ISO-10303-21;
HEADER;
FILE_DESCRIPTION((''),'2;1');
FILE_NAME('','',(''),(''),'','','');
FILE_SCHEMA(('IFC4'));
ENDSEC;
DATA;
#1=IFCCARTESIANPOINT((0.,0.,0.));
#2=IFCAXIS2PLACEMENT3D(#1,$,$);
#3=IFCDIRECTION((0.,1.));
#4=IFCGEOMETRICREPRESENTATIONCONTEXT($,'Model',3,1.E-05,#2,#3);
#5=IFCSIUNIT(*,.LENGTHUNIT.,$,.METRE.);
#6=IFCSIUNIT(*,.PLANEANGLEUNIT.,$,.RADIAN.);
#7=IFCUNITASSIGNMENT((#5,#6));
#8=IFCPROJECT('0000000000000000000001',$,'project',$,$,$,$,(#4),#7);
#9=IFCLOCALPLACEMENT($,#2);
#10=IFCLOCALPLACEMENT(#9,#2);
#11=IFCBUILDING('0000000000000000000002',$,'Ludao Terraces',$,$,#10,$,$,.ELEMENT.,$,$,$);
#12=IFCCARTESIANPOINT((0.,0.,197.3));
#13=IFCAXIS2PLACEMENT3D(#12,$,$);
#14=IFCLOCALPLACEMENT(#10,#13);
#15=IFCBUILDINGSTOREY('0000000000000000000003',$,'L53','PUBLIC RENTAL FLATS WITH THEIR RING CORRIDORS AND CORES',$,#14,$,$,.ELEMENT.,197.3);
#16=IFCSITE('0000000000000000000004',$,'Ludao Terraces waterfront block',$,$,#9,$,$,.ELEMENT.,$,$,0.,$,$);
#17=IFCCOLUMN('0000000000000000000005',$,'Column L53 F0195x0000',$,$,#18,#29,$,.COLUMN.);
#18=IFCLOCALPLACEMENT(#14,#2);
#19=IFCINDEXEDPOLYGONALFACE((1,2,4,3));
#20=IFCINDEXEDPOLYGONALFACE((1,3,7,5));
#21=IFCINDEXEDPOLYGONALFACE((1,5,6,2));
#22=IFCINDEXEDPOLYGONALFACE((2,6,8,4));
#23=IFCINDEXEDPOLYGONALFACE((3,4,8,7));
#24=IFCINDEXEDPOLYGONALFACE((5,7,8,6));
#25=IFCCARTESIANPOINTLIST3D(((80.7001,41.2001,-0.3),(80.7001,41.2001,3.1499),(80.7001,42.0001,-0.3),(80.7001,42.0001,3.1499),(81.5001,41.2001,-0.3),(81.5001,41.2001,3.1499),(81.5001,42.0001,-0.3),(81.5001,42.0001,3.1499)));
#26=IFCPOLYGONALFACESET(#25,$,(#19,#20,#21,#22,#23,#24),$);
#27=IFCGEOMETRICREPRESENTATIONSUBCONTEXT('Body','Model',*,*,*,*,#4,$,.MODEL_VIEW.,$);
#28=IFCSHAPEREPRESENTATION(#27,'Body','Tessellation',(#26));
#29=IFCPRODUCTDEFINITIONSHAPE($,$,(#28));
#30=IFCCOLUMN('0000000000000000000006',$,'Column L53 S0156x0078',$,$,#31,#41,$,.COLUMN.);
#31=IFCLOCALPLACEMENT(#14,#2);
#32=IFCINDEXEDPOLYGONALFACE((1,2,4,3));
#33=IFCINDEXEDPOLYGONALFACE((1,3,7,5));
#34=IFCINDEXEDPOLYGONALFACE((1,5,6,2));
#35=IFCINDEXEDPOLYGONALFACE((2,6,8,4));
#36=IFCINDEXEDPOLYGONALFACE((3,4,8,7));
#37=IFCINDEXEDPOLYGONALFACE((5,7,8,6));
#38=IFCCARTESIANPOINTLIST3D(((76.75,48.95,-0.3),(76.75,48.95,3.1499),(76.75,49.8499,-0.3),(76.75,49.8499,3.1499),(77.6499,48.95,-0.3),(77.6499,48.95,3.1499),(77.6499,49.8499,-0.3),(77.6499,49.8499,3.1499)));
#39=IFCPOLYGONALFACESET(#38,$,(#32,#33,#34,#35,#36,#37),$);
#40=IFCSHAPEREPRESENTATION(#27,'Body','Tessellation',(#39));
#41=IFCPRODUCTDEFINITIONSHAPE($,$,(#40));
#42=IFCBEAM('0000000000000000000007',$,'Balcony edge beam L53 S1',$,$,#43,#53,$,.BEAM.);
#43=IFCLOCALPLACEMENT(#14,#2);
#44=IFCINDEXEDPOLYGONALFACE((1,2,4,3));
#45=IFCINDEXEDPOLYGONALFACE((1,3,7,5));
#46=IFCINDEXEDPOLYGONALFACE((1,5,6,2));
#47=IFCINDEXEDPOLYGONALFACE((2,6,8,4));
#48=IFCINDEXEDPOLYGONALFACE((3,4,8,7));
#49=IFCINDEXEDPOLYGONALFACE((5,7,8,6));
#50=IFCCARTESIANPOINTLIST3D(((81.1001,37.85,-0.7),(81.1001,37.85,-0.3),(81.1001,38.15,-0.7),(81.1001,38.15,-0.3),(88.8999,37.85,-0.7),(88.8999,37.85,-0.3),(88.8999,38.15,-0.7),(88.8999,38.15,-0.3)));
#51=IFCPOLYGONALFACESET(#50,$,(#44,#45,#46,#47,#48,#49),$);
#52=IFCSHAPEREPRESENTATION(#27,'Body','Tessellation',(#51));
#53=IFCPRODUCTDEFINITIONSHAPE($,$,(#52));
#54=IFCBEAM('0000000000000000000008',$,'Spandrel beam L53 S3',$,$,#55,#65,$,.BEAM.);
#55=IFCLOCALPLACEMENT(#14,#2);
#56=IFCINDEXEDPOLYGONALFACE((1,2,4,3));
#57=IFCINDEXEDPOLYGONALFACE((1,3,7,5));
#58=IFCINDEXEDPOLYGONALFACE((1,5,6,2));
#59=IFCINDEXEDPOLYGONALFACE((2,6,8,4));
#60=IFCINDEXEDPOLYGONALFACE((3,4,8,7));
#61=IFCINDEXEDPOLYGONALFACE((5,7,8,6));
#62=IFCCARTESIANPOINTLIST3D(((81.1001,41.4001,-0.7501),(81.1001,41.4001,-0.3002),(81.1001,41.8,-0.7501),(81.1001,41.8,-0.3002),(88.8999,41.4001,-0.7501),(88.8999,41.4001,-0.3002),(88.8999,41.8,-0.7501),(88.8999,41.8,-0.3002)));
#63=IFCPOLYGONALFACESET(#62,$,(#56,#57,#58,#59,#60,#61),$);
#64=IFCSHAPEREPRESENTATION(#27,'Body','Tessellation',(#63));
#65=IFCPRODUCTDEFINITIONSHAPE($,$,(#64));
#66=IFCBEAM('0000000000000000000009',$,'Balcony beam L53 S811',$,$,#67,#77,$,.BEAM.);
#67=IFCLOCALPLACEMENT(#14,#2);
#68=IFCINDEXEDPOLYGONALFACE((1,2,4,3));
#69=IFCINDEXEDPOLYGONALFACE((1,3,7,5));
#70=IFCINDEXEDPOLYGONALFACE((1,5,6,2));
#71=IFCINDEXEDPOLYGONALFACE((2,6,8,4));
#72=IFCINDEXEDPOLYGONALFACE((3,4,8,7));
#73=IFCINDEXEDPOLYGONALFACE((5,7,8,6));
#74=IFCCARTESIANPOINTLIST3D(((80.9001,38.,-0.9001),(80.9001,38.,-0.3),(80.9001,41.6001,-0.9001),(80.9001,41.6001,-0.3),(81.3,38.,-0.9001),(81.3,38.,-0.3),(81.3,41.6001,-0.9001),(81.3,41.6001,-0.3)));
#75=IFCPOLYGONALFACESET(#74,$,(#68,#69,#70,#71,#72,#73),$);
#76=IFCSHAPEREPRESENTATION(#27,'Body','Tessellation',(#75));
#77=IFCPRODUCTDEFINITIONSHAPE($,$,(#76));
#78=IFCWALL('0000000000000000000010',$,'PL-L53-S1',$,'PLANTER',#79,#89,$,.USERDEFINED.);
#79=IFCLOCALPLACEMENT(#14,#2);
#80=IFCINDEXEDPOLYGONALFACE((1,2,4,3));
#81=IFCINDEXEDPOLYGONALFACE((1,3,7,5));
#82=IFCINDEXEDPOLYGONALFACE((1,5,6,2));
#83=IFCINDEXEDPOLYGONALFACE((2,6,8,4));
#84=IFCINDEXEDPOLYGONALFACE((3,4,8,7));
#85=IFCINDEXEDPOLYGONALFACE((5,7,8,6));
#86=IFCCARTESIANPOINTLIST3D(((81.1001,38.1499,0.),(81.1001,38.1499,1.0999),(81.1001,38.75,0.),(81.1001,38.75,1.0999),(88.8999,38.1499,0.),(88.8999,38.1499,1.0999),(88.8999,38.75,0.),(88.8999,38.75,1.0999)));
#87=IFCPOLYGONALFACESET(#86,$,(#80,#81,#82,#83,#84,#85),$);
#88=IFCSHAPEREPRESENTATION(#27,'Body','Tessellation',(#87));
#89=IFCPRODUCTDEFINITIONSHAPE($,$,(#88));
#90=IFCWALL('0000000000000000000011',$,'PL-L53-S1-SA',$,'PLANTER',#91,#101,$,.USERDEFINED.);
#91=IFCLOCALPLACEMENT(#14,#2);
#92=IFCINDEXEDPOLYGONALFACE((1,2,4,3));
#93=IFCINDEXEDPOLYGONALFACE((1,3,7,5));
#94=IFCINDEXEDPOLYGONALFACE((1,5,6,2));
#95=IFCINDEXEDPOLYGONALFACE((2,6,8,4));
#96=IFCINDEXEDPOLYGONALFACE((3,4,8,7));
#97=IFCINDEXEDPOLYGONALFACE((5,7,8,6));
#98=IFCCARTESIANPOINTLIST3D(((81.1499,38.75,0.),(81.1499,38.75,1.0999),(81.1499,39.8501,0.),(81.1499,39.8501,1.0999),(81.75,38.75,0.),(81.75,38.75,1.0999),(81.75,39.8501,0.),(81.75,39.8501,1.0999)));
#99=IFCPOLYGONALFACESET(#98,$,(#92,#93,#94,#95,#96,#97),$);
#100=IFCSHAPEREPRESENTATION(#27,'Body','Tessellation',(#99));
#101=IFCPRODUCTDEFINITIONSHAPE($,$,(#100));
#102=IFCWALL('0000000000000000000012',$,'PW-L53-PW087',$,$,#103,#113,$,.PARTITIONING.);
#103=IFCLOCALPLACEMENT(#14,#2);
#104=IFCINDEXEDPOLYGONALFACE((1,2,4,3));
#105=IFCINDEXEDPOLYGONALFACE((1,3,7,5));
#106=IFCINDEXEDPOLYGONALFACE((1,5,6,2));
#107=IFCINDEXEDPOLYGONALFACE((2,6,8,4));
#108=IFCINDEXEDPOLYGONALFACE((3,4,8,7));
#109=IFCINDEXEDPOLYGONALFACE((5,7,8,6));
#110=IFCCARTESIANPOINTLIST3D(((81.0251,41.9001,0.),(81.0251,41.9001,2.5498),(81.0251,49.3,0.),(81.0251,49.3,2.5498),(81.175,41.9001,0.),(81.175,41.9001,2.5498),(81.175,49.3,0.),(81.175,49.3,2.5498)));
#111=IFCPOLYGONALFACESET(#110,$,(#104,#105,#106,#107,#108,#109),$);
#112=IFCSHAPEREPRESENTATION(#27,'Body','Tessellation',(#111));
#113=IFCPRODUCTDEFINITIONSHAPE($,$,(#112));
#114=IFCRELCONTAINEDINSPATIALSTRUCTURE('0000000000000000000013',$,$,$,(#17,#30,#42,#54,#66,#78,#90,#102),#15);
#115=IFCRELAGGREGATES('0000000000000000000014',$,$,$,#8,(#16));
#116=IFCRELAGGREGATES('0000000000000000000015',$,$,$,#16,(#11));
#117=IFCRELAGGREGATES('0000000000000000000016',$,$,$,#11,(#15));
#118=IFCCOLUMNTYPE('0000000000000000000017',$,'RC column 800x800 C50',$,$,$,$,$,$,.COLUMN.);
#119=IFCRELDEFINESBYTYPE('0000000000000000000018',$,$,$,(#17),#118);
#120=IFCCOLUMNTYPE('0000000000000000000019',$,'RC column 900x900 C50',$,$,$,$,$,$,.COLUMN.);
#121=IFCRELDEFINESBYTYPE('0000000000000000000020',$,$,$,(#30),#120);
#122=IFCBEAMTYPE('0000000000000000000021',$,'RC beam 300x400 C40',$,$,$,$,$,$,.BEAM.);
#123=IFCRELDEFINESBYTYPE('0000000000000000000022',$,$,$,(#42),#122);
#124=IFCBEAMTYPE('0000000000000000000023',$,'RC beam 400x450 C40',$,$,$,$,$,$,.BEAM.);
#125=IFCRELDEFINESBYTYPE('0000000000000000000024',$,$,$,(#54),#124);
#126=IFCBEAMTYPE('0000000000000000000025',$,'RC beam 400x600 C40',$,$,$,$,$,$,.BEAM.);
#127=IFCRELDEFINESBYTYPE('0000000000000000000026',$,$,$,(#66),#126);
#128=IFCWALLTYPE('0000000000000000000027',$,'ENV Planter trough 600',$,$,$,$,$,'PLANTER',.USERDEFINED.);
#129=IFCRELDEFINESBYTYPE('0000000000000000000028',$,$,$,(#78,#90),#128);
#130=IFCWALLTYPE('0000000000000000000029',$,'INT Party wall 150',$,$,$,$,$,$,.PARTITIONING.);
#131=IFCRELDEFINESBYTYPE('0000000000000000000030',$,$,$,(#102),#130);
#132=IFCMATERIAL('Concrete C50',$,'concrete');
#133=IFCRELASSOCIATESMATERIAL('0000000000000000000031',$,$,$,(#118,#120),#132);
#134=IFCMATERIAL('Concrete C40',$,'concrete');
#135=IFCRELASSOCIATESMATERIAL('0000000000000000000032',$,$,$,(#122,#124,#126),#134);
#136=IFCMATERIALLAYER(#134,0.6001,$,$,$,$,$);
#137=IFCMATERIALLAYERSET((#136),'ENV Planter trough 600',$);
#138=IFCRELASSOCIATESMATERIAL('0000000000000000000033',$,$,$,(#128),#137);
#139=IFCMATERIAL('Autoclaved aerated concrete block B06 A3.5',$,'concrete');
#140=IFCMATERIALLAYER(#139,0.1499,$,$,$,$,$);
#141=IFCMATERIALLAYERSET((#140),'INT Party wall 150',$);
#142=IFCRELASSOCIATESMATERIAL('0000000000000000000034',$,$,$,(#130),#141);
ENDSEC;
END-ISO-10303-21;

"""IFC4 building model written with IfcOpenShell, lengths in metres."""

from ifc_helpers import new_model, si_unit, direction, frame, frame_2d, origin, origin_2d, place, context, subcontext, project, spatial, rectangle, extrude, material, layer, layer_set, material_profile, profile_set, type_object, element, save


model = new_model("IFC4")

# Units and contexts
model_context = context("Model", 3, precision=1e-05, world=origin(), true_north=direction((0.0, 1.0)))
body_context = subcontext(model_context, "Body", "Model", "MODEL_VIEW")
ifc_project = project(units=[si_unit("LENGTHUNIT", "METRE"), si_unit("PLANEANGLEUNIT", "RADIAN")], contexts=[model_context])

# Site, building, storey
site_placement = place(None, origin())
site = spatial("IfcSite", under=ifc_project, at=site_placement, Name="Ludao Terraces waterfront block", CompositionType="ELEMENT", RefElevation=0.0)
building_placement = place(site_placement, origin())
building = spatial("IfcBuilding", under=site, at=building_placement, Name="Ludao Terraces", CompositionType="ELEMENT")
storey_placement = place(building_placement, frame((0.0, 0.0, 197.3)))
storey = spatial("IfcBuildingStorey", under=building, at=storey_placement, Name="L53", Description="PUBLIC RENTAL FLATS WITH THEIR RING CORRIDORS AND CORES", CompositionType="ELEMENT", Elevation=197.3)

# Columns
ifc_material_1 = material(Name="Concrete C50", Category="concrete")
ifc_material_profile_1 = material_profile(ifc_material_1, rectangle(XDim=0.8, YDim=0.8, at=origin_2d()), Name="800 X 800")
ifc_profile_set_1 = profile_set([ifc_material_profile_1], Name="Concrete C50")
column_type_1 = type_object("IfcColumnType", Name="RC column 800x800 C50", PredefinedType="COLUMN", material=ifc_profile_set_1)
column_1_placement = place(storey_placement, frame((81.1001, 41.6001, -0.3), z_axis=(0.0, 0.0, 1.0), x_axis=(1.0, 0.0, 0.0)))
element("IfcColumn", 1, at=column_1_placement, inside=storey, type_object=column_type_1, Name="Column L53 F0195x0000", PredefinedType="COLUMN", context=body_context, shape_type="SweptSolid", body=[
    extrude(rectangle(XDim=0.8, YDim=0.8, at=origin_2d()), origin(), (0.0, 0.0, 1.0), 3.45),
])
ifc_material_profile_2 = material_profile(ifc_material_1, rectangle(XDim=0.8999, YDim=0.8999, at=origin_2d()), Name="900 X 900")
ifc_profile_set_2 = profile_set([ifc_material_profile_2], Name="Concrete C50")
column_type_2 = type_object("IfcColumnType", Name="RC column 900x900 C50", PredefinedType="COLUMN", material=ifc_profile_set_2)
column_2_placement = place(storey_placement, frame((77.2, 49.3999, -0.3), z_axis=(0.0, 0.0, 1.0), x_axis=(1.0, 0.0, 0.0)))
element("IfcColumn", 2, at=column_2_placement, inside=storey, type_object=column_type_2, Name="Column L53 S0156x0078", PredefinedType="COLUMN", context=body_context, shape_type="SweptSolid", body=[
    extrude(rectangle(XDim=0.8999, YDim=0.8999, at=origin_2d()), origin(), (0.0, 0.0, 1.0), 3.45),
])

# Beams
ifc_material_2 = material(Name="Concrete C40", Category="concrete")
ifc_material_profile_3 = material_profile(ifc_material_2, rectangle(XDim=0.3, YDim=0.3999, at=origin_2d()), Name="300 X 400")
ifc_profile_set_3 = profile_set([ifc_material_profile_3], Name="Concrete C40")
beam_type_1 = type_object("IfcBeamType", Name="RC beam 300x400 C40", PredefinedType="BEAM", material=ifc_profile_set_3)
beam_1_placement = place(storey_placement, frame((81.1001, 38.0, -0.5), z_axis=(1.0, 0.0, 0.0), x_axis=(0.0, 1.0, 0.0)))
element("IfcBeam", 3, at=beam_1_placement, inside=storey, type_object=beam_type_1, Name="Balcony edge beam L53 S1", PredefinedType="BEAM", context=body_context, shape_type="SweptSolid", body=[
    extrude(rectangle(XDim=0.3, YDim=0.3999, at=origin_2d()), origin(), (0.0, 0.0, 1.0), 7.7998),
])
ifc_material_profile_4 = material_profile(ifc_material_2, rectangle(XDim=0.3999, YDim=0.45, at=origin_2d()), Name="400 X 450")
ifc_profile_set_4 = profile_set([ifc_material_profile_4], Name="Concrete C40")
beam_type_2 = type_object("IfcBeamType", Name="RC beam 400x450 C40", PredefinedType="BEAM", material=ifc_profile_set_4)
beam_2_placement = place(storey_placement, frame((81.1001, 41.6001, -0.5251), z_axis=(1.0, 0.0, 0.0), x_axis=(0.0, 1.0, 0.0)))
element("IfcBeam", 4, at=beam_2_placement, inside=storey, type_object=beam_type_2, Name="Spandrel beam L53 S3", PredefinedType="BEAM", context=body_context, shape_type="SweptSolid", body=[
    extrude(rectangle(XDim=0.3999, YDim=0.45, at=origin_2d()), origin(), (0.0, 0.0, 1.0), 7.7998),
])
ifc_material_profile_5 = material_profile(ifc_material_2, rectangle(XDim=0.3999, YDim=0.6001, at=origin_2d()), Name="400 X 600")
ifc_profile_set_5 = profile_set([ifc_material_profile_5], Name="Concrete C40")
beam_type_3 = type_object("IfcBeamType", Name="RC beam 400x600 C40", PredefinedType="BEAM", material=ifc_profile_set_5)
beam_3_placement = place(storey_placement, frame((81.1001, 41.6001, -0.6001), z_axis=(0.0, -1.0, 0.0), x_axis=(1.0, 0.0, 0.0)))
element("IfcBeam", 5, at=beam_3_placement, inside=storey, type_object=beam_type_3, Name="Balcony beam L53 S811", PredefinedType="BEAM", context=body_context, shape_type="SweptSolid", body=[
    extrude(rectangle(XDim=0.3999, YDim=0.6001, at=origin_2d()), origin(), (0.0, 0.0, 1.0), 3.6001),
])

# Walls
ifc_layer_1 = layer(ifc_material_2, 0.6001)
ifc_layer_set_1 = layer_set([ifc_layer_1], Name="ENV Planter trough 600")
wall_type_1 = type_object("IfcWallType", Name="ENV Planter trough 600", ElementType="PLANTER", PredefinedType="USERDEFINED", material=ifc_layer_set_1)
wall_1_placement = place(storey_placement, frame((81.1001, 38.45, 0.0), z_axis=(0.0, 0.0, 1.0), x_axis=(1.0, 0.0, 0.0)))
element("IfcWall", 6, at=wall_1_placement, inside=storey, type_object=wall_type_1, Name="PL-L53-S1", ObjectType="PLANTER", PredefinedType="USERDEFINED", context=body_context, shape_type="SweptSolid", body=[
    extrude(rectangle(XDim=7.7998, YDim=0.6001, at=frame_2d((3.8999, 0.0))), origin(), (0.0, 0.0, 1.0), 1.0999),
])
wall_2_placement = place(storey_placement, frame((81.45, 38.75, 0.0), z_axis=(0.0, 0.0, 1.0), x_axis=(0.0, 1.0, 0.0)))
element("IfcWall", 7, at=wall_2_placement, inside=storey, type_object=wall_type_1, Name="PL-L53-S1-SA", ObjectType="PLANTER", PredefinedType="USERDEFINED", context=body_context, shape_type="SweptSolid", body=[
    extrude(rectangle(XDim=1.1001, YDim=0.6001, at=frame_2d((0.55, 0.0))), origin(), (0.0, 0.0, 1.0), 1.0999),
])

# Wall
ifc_material_3 = material(Name="Autoclaved aerated concrete block B06 A3.5", Category="concrete")
ifc_layer_2 = layer(ifc_material_3, 0.1499)
ifc_layer_set_2 = layer_set([ifc_layer_2], Name="INT Party wall 150")
wall_type_2 = type_object("IfcWallType", Name="INT Party wall 150", PredefinedType="PARTITIONING", material=ifc_layer_set_2)
wall_3_placement = place(storey_placement, frame((81.1001, 41.9001, 0.0), z_axis=(0.0, 0.0, 1.0), x_axis=(0.0, 1.0, 0.0)))
element("IfcWall", 8, at=wall_3_placement, inside=storey, type_object=wall_type_2, Name="PW-L53-PW087", PredefinedType="PARTITIONING", context=body_context, shape_type="SweptSolid", body=[
    extrude(rectangle(XDim=7.3999, YDim=0.1499, at=frame_2d((3.7, 0.0))), origin(), (0.0, 0.0, 1.0), 2.5498),
])

save(model, "model.ifc")
